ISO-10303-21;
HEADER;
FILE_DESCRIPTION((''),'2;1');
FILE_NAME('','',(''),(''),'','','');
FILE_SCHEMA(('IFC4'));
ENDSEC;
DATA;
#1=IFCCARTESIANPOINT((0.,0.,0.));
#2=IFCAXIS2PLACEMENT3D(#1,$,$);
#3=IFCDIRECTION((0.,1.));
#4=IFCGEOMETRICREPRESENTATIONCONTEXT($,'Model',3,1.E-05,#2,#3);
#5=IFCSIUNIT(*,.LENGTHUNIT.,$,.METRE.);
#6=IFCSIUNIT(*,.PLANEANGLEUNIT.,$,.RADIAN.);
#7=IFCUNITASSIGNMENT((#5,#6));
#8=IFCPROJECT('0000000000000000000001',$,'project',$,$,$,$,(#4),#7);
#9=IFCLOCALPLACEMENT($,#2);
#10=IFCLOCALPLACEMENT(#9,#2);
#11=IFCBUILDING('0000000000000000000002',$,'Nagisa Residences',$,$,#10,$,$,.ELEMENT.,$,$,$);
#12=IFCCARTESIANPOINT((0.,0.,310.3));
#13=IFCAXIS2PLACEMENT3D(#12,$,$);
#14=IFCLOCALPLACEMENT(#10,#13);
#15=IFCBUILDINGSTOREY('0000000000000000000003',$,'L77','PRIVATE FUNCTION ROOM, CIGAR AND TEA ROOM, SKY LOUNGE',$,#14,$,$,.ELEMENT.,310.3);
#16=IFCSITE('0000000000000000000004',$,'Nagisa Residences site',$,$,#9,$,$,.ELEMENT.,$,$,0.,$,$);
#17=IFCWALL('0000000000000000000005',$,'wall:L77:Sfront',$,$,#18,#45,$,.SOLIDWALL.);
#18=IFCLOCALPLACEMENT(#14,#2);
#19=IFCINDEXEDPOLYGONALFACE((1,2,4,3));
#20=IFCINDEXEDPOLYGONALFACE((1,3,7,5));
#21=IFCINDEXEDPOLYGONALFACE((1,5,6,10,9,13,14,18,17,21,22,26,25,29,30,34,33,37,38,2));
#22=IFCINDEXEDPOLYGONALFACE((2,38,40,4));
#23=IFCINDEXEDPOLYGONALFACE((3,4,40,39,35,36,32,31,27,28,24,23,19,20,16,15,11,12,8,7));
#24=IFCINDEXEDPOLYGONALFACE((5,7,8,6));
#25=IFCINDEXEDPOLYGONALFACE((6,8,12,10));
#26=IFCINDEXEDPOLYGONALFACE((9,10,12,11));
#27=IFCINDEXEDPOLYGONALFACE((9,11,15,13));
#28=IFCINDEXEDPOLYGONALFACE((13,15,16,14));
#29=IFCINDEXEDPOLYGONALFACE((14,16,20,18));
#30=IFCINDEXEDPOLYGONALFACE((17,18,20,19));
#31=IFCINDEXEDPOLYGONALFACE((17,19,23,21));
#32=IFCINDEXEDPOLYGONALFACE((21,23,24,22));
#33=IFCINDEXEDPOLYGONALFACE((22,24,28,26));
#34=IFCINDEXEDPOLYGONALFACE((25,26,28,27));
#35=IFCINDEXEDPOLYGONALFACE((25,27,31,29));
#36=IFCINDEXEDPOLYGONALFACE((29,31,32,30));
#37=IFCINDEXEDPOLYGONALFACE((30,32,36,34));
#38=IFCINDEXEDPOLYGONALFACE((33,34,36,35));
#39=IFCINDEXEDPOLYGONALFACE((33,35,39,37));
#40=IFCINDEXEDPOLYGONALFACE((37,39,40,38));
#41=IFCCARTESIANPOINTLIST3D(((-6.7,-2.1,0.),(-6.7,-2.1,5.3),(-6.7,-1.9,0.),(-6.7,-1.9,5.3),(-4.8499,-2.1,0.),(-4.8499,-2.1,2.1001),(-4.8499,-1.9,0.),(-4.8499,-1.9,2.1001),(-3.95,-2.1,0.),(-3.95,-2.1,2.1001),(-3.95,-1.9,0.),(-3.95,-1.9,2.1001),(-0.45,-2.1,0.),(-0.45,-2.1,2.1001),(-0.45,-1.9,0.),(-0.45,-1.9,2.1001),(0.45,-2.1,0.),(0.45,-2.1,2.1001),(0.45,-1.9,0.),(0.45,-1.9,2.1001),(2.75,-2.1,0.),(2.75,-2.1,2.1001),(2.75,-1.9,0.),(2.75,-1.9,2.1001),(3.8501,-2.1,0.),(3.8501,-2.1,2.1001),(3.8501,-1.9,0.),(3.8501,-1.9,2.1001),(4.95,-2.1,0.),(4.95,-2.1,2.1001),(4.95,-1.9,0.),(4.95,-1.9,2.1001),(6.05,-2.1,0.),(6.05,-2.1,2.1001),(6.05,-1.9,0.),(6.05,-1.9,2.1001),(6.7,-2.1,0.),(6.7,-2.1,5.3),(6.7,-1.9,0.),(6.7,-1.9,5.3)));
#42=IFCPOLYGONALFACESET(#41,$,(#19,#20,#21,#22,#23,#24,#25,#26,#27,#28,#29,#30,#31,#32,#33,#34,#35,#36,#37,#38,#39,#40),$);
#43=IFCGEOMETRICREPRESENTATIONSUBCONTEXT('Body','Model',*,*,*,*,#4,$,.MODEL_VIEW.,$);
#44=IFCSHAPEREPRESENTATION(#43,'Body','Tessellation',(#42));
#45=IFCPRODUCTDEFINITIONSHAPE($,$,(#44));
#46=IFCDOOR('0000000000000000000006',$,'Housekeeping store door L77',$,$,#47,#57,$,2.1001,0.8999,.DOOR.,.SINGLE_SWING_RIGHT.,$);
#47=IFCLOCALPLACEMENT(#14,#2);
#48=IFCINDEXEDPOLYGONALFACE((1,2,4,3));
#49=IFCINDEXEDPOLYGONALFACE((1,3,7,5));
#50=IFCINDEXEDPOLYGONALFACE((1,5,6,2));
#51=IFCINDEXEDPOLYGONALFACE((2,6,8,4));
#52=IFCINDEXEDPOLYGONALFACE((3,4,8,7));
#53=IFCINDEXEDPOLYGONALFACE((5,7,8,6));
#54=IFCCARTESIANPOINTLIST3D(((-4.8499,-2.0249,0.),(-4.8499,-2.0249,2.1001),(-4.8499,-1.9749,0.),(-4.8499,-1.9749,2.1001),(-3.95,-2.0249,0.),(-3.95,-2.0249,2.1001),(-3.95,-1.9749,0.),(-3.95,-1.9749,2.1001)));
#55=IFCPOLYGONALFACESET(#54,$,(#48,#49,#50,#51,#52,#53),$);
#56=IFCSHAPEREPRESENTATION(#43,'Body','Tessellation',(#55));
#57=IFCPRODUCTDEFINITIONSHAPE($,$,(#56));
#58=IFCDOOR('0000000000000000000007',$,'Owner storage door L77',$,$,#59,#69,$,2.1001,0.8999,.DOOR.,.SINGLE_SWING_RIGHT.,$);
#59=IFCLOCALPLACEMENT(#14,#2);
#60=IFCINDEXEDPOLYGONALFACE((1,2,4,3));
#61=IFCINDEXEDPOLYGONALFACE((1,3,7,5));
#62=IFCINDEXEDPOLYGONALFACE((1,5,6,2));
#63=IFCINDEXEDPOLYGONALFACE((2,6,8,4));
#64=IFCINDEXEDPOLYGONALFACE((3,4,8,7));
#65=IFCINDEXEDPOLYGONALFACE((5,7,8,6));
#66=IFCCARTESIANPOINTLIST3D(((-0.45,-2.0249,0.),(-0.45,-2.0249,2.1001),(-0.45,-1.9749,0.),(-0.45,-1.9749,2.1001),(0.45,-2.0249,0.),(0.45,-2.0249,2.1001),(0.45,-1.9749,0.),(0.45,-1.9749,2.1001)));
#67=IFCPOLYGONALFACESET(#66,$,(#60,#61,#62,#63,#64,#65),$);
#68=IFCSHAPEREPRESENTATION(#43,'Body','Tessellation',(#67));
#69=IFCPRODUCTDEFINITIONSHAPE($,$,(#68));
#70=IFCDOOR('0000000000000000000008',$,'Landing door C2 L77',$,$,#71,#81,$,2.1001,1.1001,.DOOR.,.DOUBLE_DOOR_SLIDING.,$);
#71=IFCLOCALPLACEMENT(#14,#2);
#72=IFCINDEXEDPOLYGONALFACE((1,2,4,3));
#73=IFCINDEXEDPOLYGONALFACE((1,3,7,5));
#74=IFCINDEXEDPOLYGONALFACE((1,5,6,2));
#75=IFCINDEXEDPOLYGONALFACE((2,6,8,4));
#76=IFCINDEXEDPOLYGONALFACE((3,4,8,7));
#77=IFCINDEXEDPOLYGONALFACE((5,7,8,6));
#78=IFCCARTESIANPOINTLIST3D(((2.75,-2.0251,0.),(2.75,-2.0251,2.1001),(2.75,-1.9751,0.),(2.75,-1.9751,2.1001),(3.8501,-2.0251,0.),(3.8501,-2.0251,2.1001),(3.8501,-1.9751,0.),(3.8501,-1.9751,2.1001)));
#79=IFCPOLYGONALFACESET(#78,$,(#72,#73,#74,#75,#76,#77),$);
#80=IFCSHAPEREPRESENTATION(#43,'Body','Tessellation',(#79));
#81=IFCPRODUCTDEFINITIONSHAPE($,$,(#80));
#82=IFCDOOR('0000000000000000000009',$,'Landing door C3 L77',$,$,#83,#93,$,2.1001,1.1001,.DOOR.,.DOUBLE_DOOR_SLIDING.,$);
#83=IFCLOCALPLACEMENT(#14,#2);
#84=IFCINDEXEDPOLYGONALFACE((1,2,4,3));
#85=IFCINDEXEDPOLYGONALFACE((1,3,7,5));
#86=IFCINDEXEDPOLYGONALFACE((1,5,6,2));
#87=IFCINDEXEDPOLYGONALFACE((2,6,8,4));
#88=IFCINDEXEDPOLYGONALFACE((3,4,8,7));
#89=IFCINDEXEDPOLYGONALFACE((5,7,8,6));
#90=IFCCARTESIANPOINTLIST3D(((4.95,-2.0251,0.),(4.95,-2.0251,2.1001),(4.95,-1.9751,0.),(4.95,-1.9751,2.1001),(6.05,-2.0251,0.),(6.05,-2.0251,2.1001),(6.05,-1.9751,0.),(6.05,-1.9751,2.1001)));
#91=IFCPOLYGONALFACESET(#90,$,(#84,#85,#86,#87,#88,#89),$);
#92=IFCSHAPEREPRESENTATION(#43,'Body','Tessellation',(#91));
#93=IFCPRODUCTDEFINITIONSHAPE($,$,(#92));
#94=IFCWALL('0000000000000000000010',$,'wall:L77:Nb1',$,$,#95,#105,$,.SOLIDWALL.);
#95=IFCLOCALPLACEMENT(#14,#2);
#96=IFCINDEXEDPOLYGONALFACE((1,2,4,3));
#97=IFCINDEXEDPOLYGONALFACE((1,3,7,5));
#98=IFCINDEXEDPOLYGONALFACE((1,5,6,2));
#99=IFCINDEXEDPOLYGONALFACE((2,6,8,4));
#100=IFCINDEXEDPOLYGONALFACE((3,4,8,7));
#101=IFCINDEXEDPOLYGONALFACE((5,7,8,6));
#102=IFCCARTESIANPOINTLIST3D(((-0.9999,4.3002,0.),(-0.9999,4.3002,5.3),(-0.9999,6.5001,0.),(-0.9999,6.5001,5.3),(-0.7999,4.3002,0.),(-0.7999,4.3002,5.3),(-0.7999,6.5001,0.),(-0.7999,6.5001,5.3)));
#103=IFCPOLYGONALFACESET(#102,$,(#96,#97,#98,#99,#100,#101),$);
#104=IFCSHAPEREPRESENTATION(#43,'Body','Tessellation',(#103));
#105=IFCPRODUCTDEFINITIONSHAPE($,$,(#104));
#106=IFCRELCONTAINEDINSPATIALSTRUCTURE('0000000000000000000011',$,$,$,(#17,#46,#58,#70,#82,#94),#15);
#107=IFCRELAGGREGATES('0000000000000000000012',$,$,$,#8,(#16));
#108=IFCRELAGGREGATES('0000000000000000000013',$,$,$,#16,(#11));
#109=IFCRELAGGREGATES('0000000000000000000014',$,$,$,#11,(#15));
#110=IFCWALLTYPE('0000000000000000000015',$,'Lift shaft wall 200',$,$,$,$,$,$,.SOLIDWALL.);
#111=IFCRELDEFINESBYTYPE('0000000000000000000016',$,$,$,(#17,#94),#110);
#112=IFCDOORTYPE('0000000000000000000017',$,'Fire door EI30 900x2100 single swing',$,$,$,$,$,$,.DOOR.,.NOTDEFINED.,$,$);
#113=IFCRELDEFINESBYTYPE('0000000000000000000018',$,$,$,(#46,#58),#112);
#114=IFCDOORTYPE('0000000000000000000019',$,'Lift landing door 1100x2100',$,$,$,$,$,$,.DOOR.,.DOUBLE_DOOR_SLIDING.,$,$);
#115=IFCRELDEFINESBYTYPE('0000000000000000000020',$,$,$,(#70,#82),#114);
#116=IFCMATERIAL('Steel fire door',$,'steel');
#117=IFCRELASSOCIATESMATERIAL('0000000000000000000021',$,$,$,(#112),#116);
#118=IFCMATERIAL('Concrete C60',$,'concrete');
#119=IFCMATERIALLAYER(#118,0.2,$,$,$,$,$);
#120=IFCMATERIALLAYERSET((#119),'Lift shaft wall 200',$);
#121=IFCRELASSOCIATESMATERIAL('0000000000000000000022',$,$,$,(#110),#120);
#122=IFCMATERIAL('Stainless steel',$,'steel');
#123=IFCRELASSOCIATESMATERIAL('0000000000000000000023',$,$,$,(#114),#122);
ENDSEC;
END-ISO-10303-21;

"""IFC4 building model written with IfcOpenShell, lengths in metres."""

from ifc_helpers import new_model, si_unit, direction, frame, frame_2d, origin, place, context, subcontext, project, spatial, rectangle, extrude, material, layer, layer_set, type_object, element, fill, save


model = new_model("IFC4")

# Units and contexts
model_context = context("Model", 3, precision=1e-05, world=origin(), true_north=direction((0.0, 1.0)))
body_context = subcontext(model_context, "Body", "Model", "MODEL_VIEW")
ifc_project = project(units=[si_unit("LENGTHUNIT", "METRE"), si_unit("PLANEANGLEUNIT", "RADIAN")], contexts=[model_context])

# Site, building, storey
site_placement = place(None, origin())
site = spatial("IfcSite", under=ifc_project, at=site_placement, Name="Nagisa Residences site", CompositionType="ELEMENT", RefElevation=0.0)
building_placement = place(site_placement, origin())
building = spatial("IfcBuilding", under=site, at=building_placement, Name="Nagisa Residences", CompositionType="ELEMENT")
storey_placement = place(building_placement, frame((0.0, 0.0, 310.3)))
storey = spatial("IfcBuildingStorey", under=building, at=storey_placement, Name="L77", Description="PRIVATE FUNCTION ROOM, CIGAR AND TEA ROOM, SKY LOUNGE", CompositionType="ELEMENT", Elevation=310.3)

# Shared definitions
ifc_material_1 = material(Name="Steel fire door", Category="steel")
door_type_1 = type_object("IfcDoorType", Name="Fire door EI30 900x2100 single swing", OperationType="NOTDEFINED", PredefinedType="DOOR", material=ifc_material_1)

# Shared definitions
ifc_material_2 = material(Name="Concrete C60", Category="concrete")
ifc_layer_1 = layer(ifc_material_2, 0.2)
ifc_layer_set_1 = layer_set([ifc_layer_1], Name="Lift shaft wall 200")
wall_type_1 = type_object("IfcWallType", Name="Lift shaft wall 200", PredefinedType="SOLIDWALL", material=ifc_layer_set_1)
ifc_material_3 = material(Name="Stainless steel", Category="steel")
door_type_2 = type_object("IfcDoorType", Name="Lift landing door 1100x2100", OperationType="DOUBLE_DOOR_SLIDING", PredefinedType="DOOR", material=ifc_material_3)

# Wall, openings, doors
wall_1_placement = place(storey_placement, frame((-6.7, -2.0, 0.0), z_axis=(0.0, 0.0, 1.0), x_axis=(1.0, 0.0, 0.0)))
wall_1 = element("IfcWall", 1, at=wall_1_placement, inside=storey, type_object=wall_type_1, Name="wall:L77:Sfront", PredefinedType="SOLIDWALL", context=body_context, shape_type="SweptSolid", body=[
    extrude(rectangle(XDim=13.3999, YDim=0.2, at=frame_2d((6.7, 0.0))), origin(), (0.0, 0.0, 1.0), 5.3),
])
opening_1_placement = place(wall_1_placement, frame((9.45, 0.0, 0.0)))
opening_1 = element("IfcOpeningElement", 2, at=opening_1_placement, cuts=wall_1, PredefinedType="OPENING", context=body_context, shape_type="SweptSolid", body=[
    extrude(rectangle(XDim=1.1001, YDim=2.1001, at=frame_2d((0.55, 1.05))), frame((0.0, 0.1099, 0.0), z_axis=(0.0, -1.0, 0.0), x_axis=(1.0, 0.0, 0.0)), (0.0, 0.0, 1.0), 0.22),
])
opening_2_placement = place(wall_1_placement, frame((11.6499, 0.0, 0.0)))
opening_2 = element("IfcOpeningElement", 3, at=opening_2_placement, cuts=wall_1, PredefinedType="OPENING", context=body_context, shape_type="SweptSolid", body=[
    extrude(rectangle(XDim=1.1001, YDim=2.1001, at=frame_2d((0.55, 1.05))), frame((0.0, 0.1099, 0.0), z_axis=(0.0, -1.0, 0.0), x_axis=(1.0, 0.0, 0.0)), (0.0, 0.0, 1.0), 0.22),
])
opening_3_placement = place(wall_1_placement, frame((1.8501, 0.0, 0.0)))
opening_3 = element("IfcOpeningElement", 4, at=opening_3_placement, cuts=wall_1, PredefinedType="OPENING", context=body_context, shape_type="SweptSolid", body=[
    extrude(rectangle(XDim=0.8999, YDim=2.1001, at=frame_2d((0.45, 1.05))), frame((0.0, 0.1099, 0.0), z_axis=(0.0, -1.0, 0.0), x_axis=(1.0, 0.0, 0.0)), (0.0, 0.0, 1.0), 0.22),
])
opening_4_placement = place(wall_1_placement, frame((6.25, 0.0, 0.0)))
opening_4 = element("IfcOpeningElement", 5, at=opening_4_placement, cuts=wall_1, PredefinedType="OPENING", context=body_context, shape_type="SweptSolid", body=[
    extrude(rectangle(XDim=0.8999, YDim=2.1001, at=frame_2d((0.45, 1.05))), frame((0.0, 0.1099, 0.0), z_axis=(0.0, -1.0, 0.0), x_axis=(1.0, 0.0, 0.0)), (0.0, 0.0, 1.0), 0.22),
])
door_1_placement = place(opening_3_placement, frame((0.8999, 0.0, 0.0), x_axis=(-1.0, 0.0, 0.0)))
door_1 = element("IfcDoor", 6, at=door_1_placement, inside=storey, type_object=door_type_1, Name="Housekeeping store door L77", OperationType="SINGLE_SWING_RIGHT", OverallHeight=2.1001, OverallWidth=0.8999, PredefinedType="DOOR", context=body_context, shape_type="SweptSolid", body=[
    extrude(rectangle(XDim=0.8999, YDim=2.1001, at=frame_2d((0.45, 1.05))), frame((0.0, 0.0249, 0.0), z_axis=(0.0, -1.0, 0.0), x_axis=(1.0, 0.0, 0.0)), (0.0, 0.0, 1.0), 0.05),
])
fill(opening_3, door_1)
door_2_placement = place(opening_4_placement, frame((0.8999, 0.0, 0.0), x_axis=(-1.0, 0.0, 0.0)))
door_2 = element("IfcDoor", 7, at=door_2_placement, inside=storey, type_object=door_type_1, Name="Owner storage door L77", OperationType="SINGLE_SWING_RIGHT", OverallHeight=2.1001, OverallWidth=0.8999, PredefinedType="DOOR", context=body_context, shape_type="SweptSolid", body=[
    extrude(rectangle(XDim=0.8999, YDim=2.1001, at=frame_2d((0.45, 1.05))), frame((0.0, 0.0249, 0.0), z_axis=(0.0, -1.0, 0.0), x_axis=(1.0, 0.0, 0.0)), (0.0, 0.0, 1.0), 0.05),
])
fill(opening_4, door_2)
door_3_placement = place(opening_1_placement, origin())
door_3 = element("IfcDoor", 8, at=door_3_placement, inside=storey, type_object=door_type_2, Name="Landing door C2 L77", OperationType="DOUBLE_DOOR_SLIDING", OverallHeight=2.1001, OverallWidth=1.1001, PredefinedType="DOOR", context=body_context, shape_type="SweptSolid", body=[
    extrude(rectangle(XDim=1.1001, YDim=2.1001, at=frame_2d((0.55, 1.05))), frame((0.0, 0.0249, 0.0), z_axis=(0.0, -1.0, 0.0), x_axis=(1.0, 0.0, 0.0)), (0.0, 0.0, 1.0), 0.05),
])
fill(opening_1, door_3)
door_4_placement = place(opening_2_placement, origin())
door_4 = element("IfcDoor", 9, at=door_4_placement, inside=storey, type_object=door_type_2, Name="Landing door C3 L77", OperationType="DOUBLE_DOOR_SLIDING", OverallHeight=2.1001, OverallWidth=1.1001, PredefinedType="DOOR", context=body_context, shape_type="SweptSolid", body=[
    extrude(rectangle(XDim=1.1001, YDim=2.1001, at=frame_2d((0.55, 1.05))), frame((0.0, 0.0249, 0.0), z_axis=(0.0, -1.0, 0.0), x_axis=(1.0, 0.0, 0.0)), (0.0, 0.0, 1.0), 0.05),
])
fill(opening_2, door_4)

# Wall
wall_2_placement = place(storey_placement, frame((-0.8999, 4.3, 0.0), z_axis=(0.0, 0.0, 1.0), x_axis=(0.0, 1.0, 0.0)))
element("IfcWall", 10, at=wall_2_placement, inside=storey, type_object=wall_type_1, Name="wall:L77:Nb1", PredefinedType="SOLIDWALL", context=body_context, shape_type="SweptSolid", body=[
    extrude(rectangle(XDim=2.2, YDim=0.2, at=frame_2d((1.1001, 0.0))), origin(), (0.0, 0.0, 1.0), 5.3),
])

save(model, "model.ifc")
